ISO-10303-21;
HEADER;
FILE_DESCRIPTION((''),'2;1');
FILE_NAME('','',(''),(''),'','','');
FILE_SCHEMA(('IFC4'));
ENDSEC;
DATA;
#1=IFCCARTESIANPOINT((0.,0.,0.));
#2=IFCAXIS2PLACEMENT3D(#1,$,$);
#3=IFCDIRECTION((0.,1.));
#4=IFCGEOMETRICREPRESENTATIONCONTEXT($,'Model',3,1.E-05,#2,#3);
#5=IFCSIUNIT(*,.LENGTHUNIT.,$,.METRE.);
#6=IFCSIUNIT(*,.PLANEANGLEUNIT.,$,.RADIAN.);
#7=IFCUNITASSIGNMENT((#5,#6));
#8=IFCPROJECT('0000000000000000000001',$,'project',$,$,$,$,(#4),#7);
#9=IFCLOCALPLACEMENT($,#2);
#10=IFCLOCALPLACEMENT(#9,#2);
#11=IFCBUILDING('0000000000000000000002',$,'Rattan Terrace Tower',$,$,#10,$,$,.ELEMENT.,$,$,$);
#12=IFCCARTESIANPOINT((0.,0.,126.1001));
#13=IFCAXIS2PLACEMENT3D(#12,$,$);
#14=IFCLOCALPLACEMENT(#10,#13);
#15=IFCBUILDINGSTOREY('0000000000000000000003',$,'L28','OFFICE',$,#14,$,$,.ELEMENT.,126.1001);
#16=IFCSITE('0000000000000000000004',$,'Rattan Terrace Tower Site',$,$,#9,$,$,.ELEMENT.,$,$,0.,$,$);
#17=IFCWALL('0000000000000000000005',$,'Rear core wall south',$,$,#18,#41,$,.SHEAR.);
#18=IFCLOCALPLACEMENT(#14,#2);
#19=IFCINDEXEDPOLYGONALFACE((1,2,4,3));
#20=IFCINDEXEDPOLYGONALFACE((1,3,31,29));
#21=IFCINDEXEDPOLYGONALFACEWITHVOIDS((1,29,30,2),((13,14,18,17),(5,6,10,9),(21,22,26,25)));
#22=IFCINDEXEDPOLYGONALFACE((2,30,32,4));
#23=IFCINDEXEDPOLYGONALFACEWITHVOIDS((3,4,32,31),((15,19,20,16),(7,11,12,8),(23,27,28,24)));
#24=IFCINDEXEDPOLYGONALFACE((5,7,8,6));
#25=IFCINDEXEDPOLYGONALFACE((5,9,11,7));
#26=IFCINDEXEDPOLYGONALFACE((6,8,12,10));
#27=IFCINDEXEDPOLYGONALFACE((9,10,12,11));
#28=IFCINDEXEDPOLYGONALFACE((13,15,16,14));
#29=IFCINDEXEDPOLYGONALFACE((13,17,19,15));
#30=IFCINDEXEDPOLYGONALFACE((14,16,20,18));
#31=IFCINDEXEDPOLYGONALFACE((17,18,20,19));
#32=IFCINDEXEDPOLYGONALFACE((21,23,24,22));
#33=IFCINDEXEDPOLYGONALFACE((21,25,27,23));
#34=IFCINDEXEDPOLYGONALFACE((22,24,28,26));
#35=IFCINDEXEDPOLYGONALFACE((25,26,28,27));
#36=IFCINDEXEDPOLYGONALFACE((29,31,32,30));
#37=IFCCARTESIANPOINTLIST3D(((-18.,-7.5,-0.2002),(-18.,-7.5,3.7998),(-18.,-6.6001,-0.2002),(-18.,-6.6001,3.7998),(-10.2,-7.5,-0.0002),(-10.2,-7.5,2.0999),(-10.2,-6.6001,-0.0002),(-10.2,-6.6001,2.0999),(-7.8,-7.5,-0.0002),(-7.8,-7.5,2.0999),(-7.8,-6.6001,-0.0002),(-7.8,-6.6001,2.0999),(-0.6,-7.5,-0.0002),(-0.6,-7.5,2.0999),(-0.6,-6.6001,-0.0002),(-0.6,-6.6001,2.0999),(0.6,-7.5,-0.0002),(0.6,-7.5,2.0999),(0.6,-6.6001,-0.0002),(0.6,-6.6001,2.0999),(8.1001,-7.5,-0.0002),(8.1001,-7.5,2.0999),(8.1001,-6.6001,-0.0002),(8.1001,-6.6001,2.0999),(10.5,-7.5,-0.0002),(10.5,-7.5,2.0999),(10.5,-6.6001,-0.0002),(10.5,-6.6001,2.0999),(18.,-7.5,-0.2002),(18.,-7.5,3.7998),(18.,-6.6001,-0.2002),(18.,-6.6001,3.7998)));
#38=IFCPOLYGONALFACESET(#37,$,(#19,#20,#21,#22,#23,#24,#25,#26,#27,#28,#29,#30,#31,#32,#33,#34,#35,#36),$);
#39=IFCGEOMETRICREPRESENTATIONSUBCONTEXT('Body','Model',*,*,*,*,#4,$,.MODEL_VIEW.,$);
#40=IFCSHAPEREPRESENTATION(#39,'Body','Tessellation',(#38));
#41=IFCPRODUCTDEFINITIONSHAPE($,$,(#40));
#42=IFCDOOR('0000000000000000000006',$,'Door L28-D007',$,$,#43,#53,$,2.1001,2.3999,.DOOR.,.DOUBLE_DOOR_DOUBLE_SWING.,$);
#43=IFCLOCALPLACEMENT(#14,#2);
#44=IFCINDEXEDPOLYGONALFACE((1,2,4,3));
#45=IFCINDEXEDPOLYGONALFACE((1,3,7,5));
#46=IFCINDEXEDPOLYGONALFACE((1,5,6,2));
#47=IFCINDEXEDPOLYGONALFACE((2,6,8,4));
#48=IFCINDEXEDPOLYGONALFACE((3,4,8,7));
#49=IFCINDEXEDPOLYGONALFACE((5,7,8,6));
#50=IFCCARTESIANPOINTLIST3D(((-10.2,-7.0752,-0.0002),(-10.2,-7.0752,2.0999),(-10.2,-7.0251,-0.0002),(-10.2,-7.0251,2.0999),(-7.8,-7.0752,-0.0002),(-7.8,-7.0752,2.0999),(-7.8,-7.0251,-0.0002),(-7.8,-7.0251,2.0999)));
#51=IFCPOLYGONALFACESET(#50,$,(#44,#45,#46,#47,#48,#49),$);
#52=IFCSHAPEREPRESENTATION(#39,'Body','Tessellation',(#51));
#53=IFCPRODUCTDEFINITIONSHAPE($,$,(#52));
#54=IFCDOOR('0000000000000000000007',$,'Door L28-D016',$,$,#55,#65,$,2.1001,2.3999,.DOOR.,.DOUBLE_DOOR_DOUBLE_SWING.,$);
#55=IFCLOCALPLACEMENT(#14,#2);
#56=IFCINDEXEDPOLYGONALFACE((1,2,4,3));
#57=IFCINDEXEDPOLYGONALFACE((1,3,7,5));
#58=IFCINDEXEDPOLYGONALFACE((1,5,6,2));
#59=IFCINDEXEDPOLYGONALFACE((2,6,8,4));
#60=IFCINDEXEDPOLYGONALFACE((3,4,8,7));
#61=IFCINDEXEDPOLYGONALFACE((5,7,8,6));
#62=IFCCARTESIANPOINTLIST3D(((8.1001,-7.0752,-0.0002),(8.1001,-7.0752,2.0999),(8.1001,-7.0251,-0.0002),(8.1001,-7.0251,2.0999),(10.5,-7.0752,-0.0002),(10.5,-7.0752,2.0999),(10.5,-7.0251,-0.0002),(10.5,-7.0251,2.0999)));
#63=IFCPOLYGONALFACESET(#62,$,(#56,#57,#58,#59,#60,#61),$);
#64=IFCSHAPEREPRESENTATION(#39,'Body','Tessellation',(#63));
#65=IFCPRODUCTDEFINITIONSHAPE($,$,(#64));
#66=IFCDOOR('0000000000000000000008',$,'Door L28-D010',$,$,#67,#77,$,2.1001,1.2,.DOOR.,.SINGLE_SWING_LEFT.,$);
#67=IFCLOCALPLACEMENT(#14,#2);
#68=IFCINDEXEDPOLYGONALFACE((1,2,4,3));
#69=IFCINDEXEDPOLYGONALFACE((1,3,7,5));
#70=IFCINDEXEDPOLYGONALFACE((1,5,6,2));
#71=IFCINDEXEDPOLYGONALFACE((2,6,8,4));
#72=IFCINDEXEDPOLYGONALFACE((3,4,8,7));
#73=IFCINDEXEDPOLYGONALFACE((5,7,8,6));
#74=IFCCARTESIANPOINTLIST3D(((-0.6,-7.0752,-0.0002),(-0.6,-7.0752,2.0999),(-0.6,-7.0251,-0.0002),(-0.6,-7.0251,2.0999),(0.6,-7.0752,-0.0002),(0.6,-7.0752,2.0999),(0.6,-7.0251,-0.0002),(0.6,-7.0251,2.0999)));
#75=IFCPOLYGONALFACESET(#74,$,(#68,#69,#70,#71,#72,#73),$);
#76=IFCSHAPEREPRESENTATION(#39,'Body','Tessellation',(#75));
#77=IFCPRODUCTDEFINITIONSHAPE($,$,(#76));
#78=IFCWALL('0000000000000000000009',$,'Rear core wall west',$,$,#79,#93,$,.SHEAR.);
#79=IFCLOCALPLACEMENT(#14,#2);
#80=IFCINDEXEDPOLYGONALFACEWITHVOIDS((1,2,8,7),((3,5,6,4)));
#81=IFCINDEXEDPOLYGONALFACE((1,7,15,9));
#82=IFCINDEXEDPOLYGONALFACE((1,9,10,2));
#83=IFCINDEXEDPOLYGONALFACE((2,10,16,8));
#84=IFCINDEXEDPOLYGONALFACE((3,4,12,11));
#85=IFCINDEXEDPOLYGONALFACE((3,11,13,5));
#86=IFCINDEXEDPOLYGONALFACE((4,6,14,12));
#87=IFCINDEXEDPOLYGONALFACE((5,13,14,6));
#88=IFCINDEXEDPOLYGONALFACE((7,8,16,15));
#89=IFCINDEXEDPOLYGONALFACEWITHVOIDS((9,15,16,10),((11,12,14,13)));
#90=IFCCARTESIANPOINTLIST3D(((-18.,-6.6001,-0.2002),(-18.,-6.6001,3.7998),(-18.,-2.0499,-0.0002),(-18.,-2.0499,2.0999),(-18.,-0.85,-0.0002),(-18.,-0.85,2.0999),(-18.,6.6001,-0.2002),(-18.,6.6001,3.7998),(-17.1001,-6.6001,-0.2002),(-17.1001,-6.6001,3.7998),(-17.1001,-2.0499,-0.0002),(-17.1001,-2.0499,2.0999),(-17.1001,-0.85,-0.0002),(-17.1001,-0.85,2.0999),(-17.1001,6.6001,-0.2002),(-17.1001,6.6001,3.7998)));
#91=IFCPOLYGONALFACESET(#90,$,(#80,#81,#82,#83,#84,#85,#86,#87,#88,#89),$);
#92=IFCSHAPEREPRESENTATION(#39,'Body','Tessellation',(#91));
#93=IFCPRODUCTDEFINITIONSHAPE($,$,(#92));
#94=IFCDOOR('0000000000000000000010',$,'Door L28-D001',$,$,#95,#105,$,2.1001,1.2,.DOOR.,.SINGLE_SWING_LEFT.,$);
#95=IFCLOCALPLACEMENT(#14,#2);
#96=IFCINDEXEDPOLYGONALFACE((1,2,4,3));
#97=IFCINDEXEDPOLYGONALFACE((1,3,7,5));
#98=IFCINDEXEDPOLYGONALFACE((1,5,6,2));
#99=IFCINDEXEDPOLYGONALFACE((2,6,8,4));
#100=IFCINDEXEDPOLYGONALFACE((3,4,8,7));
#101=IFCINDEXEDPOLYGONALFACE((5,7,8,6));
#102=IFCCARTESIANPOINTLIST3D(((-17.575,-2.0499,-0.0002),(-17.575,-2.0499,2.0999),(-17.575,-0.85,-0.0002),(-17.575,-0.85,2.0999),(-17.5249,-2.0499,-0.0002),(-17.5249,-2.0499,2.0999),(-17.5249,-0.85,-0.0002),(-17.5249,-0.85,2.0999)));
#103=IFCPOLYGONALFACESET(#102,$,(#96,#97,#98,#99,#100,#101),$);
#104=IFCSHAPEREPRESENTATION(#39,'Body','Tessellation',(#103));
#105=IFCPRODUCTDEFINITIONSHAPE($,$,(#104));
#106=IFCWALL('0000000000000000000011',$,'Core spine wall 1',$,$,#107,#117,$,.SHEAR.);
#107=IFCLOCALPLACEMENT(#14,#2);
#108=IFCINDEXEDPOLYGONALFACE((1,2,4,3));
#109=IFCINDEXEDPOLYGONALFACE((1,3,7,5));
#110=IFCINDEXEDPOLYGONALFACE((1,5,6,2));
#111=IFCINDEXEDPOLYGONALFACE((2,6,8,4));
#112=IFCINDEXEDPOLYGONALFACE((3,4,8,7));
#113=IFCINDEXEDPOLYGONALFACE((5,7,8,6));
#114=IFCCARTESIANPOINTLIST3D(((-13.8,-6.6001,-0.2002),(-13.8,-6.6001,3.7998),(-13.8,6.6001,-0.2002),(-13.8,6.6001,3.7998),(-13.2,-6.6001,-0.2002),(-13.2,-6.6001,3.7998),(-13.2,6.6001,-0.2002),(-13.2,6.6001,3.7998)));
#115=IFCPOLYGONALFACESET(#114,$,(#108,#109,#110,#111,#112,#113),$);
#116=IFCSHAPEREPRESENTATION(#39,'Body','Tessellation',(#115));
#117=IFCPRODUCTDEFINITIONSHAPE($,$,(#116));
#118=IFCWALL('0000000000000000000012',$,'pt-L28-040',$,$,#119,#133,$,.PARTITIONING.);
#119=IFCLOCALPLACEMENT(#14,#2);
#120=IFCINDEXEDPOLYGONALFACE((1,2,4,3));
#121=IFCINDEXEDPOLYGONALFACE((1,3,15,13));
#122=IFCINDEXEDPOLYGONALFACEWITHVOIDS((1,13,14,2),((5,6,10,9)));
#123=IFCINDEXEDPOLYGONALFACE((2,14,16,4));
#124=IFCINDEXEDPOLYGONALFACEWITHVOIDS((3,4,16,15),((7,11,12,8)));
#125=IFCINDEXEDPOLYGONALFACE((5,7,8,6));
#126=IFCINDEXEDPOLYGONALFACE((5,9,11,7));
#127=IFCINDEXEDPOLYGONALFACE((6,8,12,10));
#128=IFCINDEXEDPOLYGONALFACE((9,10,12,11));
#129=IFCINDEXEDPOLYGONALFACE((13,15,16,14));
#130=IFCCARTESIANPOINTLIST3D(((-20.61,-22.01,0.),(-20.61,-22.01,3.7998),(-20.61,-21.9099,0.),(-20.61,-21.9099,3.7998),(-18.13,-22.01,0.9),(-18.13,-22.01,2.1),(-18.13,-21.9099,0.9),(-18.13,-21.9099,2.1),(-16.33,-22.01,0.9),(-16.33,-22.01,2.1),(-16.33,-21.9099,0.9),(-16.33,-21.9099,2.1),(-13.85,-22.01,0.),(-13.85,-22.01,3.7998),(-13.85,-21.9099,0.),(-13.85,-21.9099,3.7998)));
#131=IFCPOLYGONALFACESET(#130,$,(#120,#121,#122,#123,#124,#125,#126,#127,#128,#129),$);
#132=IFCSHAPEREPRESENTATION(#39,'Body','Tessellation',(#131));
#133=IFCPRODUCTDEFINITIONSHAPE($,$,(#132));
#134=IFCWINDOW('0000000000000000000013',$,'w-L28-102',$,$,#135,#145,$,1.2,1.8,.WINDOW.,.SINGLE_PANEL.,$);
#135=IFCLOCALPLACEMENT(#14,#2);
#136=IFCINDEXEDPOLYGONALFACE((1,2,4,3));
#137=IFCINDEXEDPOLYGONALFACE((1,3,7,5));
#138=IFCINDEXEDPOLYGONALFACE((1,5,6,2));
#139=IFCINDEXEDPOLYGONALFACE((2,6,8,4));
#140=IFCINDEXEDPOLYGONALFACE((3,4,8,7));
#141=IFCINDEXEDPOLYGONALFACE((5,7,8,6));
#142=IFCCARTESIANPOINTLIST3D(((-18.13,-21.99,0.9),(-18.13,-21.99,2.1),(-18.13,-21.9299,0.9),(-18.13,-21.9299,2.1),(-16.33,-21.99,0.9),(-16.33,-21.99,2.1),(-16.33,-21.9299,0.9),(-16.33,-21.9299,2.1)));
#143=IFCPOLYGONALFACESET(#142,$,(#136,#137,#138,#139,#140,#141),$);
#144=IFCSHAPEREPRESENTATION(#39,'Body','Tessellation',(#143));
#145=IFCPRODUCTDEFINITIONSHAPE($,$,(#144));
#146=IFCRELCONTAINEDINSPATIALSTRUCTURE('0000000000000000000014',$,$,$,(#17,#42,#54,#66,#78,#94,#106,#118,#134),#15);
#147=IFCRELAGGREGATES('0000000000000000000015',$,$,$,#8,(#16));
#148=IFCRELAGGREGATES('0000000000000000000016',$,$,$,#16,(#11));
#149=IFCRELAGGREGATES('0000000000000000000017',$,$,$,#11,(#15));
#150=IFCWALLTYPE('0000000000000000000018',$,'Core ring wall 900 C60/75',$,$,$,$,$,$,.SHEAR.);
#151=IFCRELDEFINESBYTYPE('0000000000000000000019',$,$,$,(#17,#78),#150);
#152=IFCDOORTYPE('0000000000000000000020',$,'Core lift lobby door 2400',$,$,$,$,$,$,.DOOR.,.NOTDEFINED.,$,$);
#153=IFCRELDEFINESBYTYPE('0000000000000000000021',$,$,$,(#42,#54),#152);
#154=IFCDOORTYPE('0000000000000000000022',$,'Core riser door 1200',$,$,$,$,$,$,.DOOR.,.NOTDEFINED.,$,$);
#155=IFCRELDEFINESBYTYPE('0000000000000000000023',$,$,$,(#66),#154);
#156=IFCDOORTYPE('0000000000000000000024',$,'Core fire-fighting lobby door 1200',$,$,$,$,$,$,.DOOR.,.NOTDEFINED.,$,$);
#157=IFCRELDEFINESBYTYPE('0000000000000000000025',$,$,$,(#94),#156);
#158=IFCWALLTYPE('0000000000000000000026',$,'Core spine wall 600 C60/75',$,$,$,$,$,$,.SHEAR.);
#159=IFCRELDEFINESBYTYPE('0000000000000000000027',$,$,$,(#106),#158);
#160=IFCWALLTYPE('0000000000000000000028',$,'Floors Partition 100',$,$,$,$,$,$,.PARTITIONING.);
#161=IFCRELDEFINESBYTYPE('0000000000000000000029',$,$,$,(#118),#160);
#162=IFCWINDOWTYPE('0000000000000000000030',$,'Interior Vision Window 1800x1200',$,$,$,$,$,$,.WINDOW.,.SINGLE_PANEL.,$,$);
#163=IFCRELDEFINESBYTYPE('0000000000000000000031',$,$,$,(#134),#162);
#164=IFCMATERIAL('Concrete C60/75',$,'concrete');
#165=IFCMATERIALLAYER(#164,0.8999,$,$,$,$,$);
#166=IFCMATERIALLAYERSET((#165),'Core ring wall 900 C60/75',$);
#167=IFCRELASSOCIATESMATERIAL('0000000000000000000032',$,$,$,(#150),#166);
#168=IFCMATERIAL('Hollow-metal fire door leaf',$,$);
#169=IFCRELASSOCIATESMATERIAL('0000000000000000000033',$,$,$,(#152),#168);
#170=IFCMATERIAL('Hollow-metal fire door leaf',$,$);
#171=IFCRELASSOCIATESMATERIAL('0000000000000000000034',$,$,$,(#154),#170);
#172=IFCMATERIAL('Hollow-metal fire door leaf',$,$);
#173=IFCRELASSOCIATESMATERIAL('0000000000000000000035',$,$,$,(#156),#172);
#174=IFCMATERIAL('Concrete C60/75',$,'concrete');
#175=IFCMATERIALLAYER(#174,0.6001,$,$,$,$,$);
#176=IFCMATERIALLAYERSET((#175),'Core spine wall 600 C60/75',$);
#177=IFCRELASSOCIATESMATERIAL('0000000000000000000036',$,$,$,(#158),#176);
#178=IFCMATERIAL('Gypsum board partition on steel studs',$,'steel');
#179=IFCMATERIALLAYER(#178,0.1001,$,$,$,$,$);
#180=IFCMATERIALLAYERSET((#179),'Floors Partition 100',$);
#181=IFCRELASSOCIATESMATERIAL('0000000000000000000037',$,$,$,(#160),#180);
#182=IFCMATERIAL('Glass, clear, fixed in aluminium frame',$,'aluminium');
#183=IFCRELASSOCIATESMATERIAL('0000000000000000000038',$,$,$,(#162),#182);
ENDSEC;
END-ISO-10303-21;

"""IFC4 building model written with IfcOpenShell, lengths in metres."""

from ifc_helpers import new_model, si_unit, direction, frame, frame_2d, origin, place, context, subcontext, project, spatial, rectangle, extrude, material, layer, layer_set, type_object, element, fill, save


model = new_model("IFC4")

# Units and contexts
model_context = context("Model", 3, precision=1e-05, world=origin(), true_north=direction((0.0, 1.0)))
body_context = subcontext(model_context, "Body", "Model", "MODEL_VIEW")
ifc_project = project(units=[si_unit("LENGTHUNIT", "METRE"), si_unit("PLANEANGLEUNIT", "RADIAN")], contexts=[model_context])

# Site, building, storey
site_placement = place(None, origin())
site = spatial("IfcSite", under=ifc_project, at=site_placement, Name="Rattan Terrace Tower Site", CompositionType="ELEMENT", RefElevation=0.0)
building_placement = place(site_placement, origin())
building = spatial("IfcBuilding", under=site, at=building_placement, Name="Rattan Terrace Tower", CompositionType="ELEMENT")
storey_placement = place(building_placement, frame((0.0, 0.0, 126.1001)))
storey = spatial("IfcBuildingStorey", under=building, at=storey_placement, Name="L28", Description="OFFICE", CompositionType="ELEMENT", Elevation=126.1001)

# Wall, openings, doors
ifc_material_1 = material(Name="Concrete C60/75", Category="concrete")
ifc_layer_1 = layer(ifc_material_1, 0.8999)
ifc_layer_set_1 = layer_set([ifc_layer_1], Name="Core ring wall 900 C60/75")
wall_type_1 = type_object("IfcWallType", Name="Core ring wall 900 C60/75", PredefinedType="SHEAR", material=ifc_layer_set_1)
wall_1_placement = place(storey_placement, frame((-18.0, -7.05, -0.2002), z_axis=(0.0, 0.0, 1.0), x_axis=(1.0, 0.0, 0.0)))
wall_1 = element("IfcWall", 1, at=wall_1_placement, inside=storey, type_object=wall_type_1, Name="Rear core wall south", PredefinedType="SHEAR", context=body_context, shape_type="SweptSolid", body=[
    extrude(rectangle(XDim=36.0, YDim=0.8999, at=frame_2d((18.0, 0.0))), origin(), (0.0, 0.0, 1.0), 4.0),
])
opening_1_placement = place(wall_1_placement, frame((7.8, 0.0, 0.2)))
opening_1 = element("IfcOpeningElement", 2, at=opening_1_placement, cuts=wall_1, PredefinedType="OPENING", context=body_context, shape_type="SweptSolid", body=[
    extrude(rectangle(XDim=2.3999, YDim=2.1001, at=frame_2d((1.2, 1.05))), frame((0.0, 0.4604, 0.0), z_axis=(0.0, -1.0, 0.0), x_axis=(1.0, 0.0, 0.0)), (0.0, 0.0, 1.0), 0.9209),
])
opening_2_placement = place(wall_1_placement, frame((17.3999, 0.0, 0.2)))
opening_2 = element("IfcOpeningElement", 3, at=opening_2_placement, cuts=wall_1, PredefinedType="OPENING", context=body_context, shape_type="SweptSolid", body=[
    extrude(rectangle(XDim=1.2, YDim=2.1001, at=frame_2d((0.6001, 1.05))), frame((0.0, 0.4604, 0.0), z_axis=(0.0, -1.0, 0.0), x_axis=(1.0, 0.0, 0.0)), (0.0, 0.0, 1.0), 0.9209),
])
opening_3_placement = place(wall_1_placement, frame((26.1001, 0.0, 0.2)))
opening_3 = element("IfcOpeningElement", 4, at=opening_3_placement, cuts=wall_1, PredefinedType="OPENING", context=body_context, shape_type="SweptSolid", body=[
    extrude(rectangle(XDim=2.3999, YDim=2.1001, at=frame_2d((1.2, 1.05))), frame((0.0, 0.4604, 0.0), z_axis=(0.0, -1.0, 0.0), x_axis=(1.0, 0.0, 0.0)), (0.0, 0.0, 1.0), 0.9209),
])
ifc_material_2 = material(Name="Hollow-metal fire door leaf")
door_type_1 = type_object("IfcDoorType", Name="Core lift lobby door 2400", OperationType="NOTDEFINED", PredefinedType="DOOR", material=ifc_material_2)
door_1_placement = place(opening_1_placement, origin())
door_1 = element("IfcDoor", 5, at=door_1_placement, inside=storey, type_object=door_type_1, Name="Door L28-D007", OperationType="DOUBLE_DOOR_DOUBLE_SWING", OverallHeight=2.1001, OverallWidth=2.3999, PredefinedType="DOOR", context=body_context, shape_type="SweptSolid", body=[
    extrude(rectangle(XDim=2.3999, YDim=2.1001, at=frame_2d((1.2, 1.05))), frame((0.0, 0.0249, 0.0), z_axis=(0.0, -1.0, 0.0), x_axis=(1.0, 0.0, 0.0)), (0.0, 0.0, 1.0), 0.05),
])
fill(opening_1, door_1)
door_2_placement = place(opening_3_placement, origin())
door_2 = element("IfcDoor", 6, at=door_2_placement, inside=storey, type_object=door_type_1, Name="Door L28-D016", OperationType="DOUBLE_DOOR_DOUBLE_SWING", OverallHeight=2.1001, OverallWidth=2.3999, PredefinedType="DOOR", context=body_context, shape_type="SweptSolid", body=[
    extrude(rectangle(XDim=2.3999, YDim=2.1001, at=frame_2d((1.2, 1.05))), frame((0.0, 0.0249, 0.0), z_axis=(0.0, -1.0, 0.0), x_axis=(1.0, 0.0, 0.0)), (0.0, 0.0, 1.0), 0.05),
])
fill(opening_3, door_2)
ifc_material_3 = material(Name="Hollow-metal fire door leaf")
door_type_2 = type_object("IfcDoorType", Name="Core riser door 1200", OperationType="NOTDEFINED", PredefinedType="DOOR", material=ifc_material_3)
door_3_placement = place(opening_2_placement, origin())
door_3 = element("IfcDoor", 7, at=door_3_placement, inside=storey, type_object=door_type_2, Name="Door L28-D010", OperationType="SINGLE_SWING_LEFT", OverallHeight=2.1001, OverallWidth=1.2, PredefinedType="DOOR", context=body_context, shape_type="SweptSolid", body=[
    extrude(rectangle(XDim=1.2, YDim=2.1001, at=frame_2d((0.6001, 1.05))), frame((0.0, 0.0249, 0.0), z_axis=(0.0, -1.0, 0.0), x_axis=(1.0, 0.0, 0.0)), (0.0, 0.0, 1.0), 0.05),
])
fill(opening_2, door_3)

# Wall, opening, door
wall_2_placement = place(storey_placement, frame((-17.55, -6.6001, -0.2002), z_axis=(0.0, 0.0, 1.0), x_axis=(0.0, 1.0, 0.0)))
wall_2 = element("IfcWall", 8, at=wall_2_placement, inside=storey, type_object=wall_type_1, Name="Rear core wall west", PredefinedType="SHEAR", context=body_context, shape_type="SweptSolid", body=[
    extrude(rectangle(XDim=13.2002, YDim=0.8999, at=frame_2d((6.6001, 0.0))), origin(), (0.0, 0.0, 1.0), 4.0),
])
opening_4_placement = place(wall_2_placement, frame((4.55, 0.0, 0.2)))
opening_4 = element("IfcOpeningElement", 9, at=opening_4_placement, cuts=wall_2, PredefinedType="OPENING", context=body_context, shape_type="SweptSolid", body=[
    extrude(rectangle(XDim=1.2, YDim=2.1001, at=frame_2d((0.6001, 1.05))), frame((0.0, 0.4604, 0.0), z_axis=(0.0, -1.0, 0.0), x_axis=(1.0, 0.0, 0.0)), (0.0, 0.0, 1.0), 0.9209),
])
ifc_material_4 = material(Name="Hollow-metal fire door leaf")
door_type_3 = type_object("IfcDoorType", Name="Core fire-fighting lobby door 1200", OperationType="NOTDEFINED", PredefinedType="DOOR", material=ifc_material_4)
door_4_placement = place(opening_4_placement, origin())
door_4 = element("IfcDoor", 10, at=door_4_placement, inside=storey, type_object=door_type_3, Name="Door L28-D001", OperationType="SINGLE_SWING_LEFT", OverallHeight=2.1001, OverallWidth=1.2, PredefinedType="DOOR", context=body_context, shape_type="SweptSolid", body=[
    extrude(rectangle(XDim=1.2, YDim=2.1001, at=frame_2d((0.6001, 1.05))), frame((0.0, 0.0249, 0.0), z_axis=(0.0, -1.0, 0.0), x_axis=(1.0, 0.0, 0.0)), (0.0, 0.0, 1.0), 0.05),
])
fill(opening_4, door_4)

# Wall
ifc_material_5 = material(Name="Concrete C60/75", Category="concrete")
ifc_layer_2 = layer(ifc_material_5, 0.6001)
ifc_layer_set_2 = layer_set([ifc_layer_2], Name="Core spine wall 600 C60/75")
wall_type_2 = type_object("IfcWallType", Name="Core spine wall 600 C60/75", PredefinedType="SHEAR", material=ifc_layer_set_2)
wall_3_placement = place(storey_placement, frame((-13.5, -6.6001, -0.2002), z_axis=(0.0, 0.0, 1.0), x_axis=(0.0, 1.0, 0.0)))
element("IfcWall", 11, at=wall_3_placement, inside=storey, type_object=wall_type_2, Name="Core spine wall 1", PredefinedType="SHEAR", context=body_context, shape_type="SweptSolid", body=[
    extrude(rectangle(XDim=13.2002, YDim=0.6001, at=frame_2d((6.6001, 0.0))), origin(), (0.0, 0.0, 1.0), 4.0),
])

# Wall, opening, window
ifc_material_6 = material(Name="Gypsum board partition on steel studs", Category="steel")
ifc_layer_3 = layer(ifc_material_6, 0.1001)
ifc_layer_set_3 = layer_set([ifc_layer_3], Name="Floors Partition 100")
wall_type_3 = type_object("IfcWallType", Name="Floors Partition 100", PredefinedType="PARTITIONING", material=ifc_layer_set_3)
wall_4_placement = place(storey_placement, frame((-13.8501, -21.96, 0.0), z_axis=(0.0, 0.0, 1.0), x_axis=(-1.0, 0.0, 0.0)))
wall_4 = element("IfcWall", 12, at=wall_4_placement, inside=storey, type_object=wall_type_3, Name="pt-L28-040", PredefinedType="PARTITIONING", context=body_context, shape_type="SweptSolid", body=[
    extrude(rectangle(XDim=6.76, YDim=0.1001, at=frame_2d((3.3799, 0.0))), origin(), (0.0, 0.0, 1.0), 3.7998),
])
opening_5_placement = place(wall_4_placement, frame((2.48, 0.0, 0.8999)))
opening_5 = element("IfcOpeningElement", 13, at=opening_5_placement, cuts=wall_4, PredefinedType="OPENING", context=body_context, shape_type="SweptSolid", body=[
    extrude(rectangle(XDim=1.8, YDim=1.2, at=frame_2d((0.8999, 0.6001))), frame((0.0, 0.0605, 0.0), z_axis=(0.0, -1.0, 0.0), x_axis=(1.0, 0.0, 0.0)), (0.0, 0.0, 1.0), 0.1211),
])
ifc_material_7 = material(Name="Glass, clear, fixed in aluminium frame", Category="aluminium")
window_type = type_object("IfcWindowType", Name="Interior Vision Window 1800x1200", PartitioningType="SINGLE_PANEL", PredefinedType="WINDOW", material=ifc_material_7)
window_placement = place(opening_5_placement, origin())
window = element("IfcWindow", 14, at=window_placement, inside=storey, type_object=window_type, Name="w-L28-102", OverallHeight=1.2, OverallWidth=1.8, PartitioningType="SINGLE_PANEL", PredefinedType="WINDOW", context=body_context, shape_type="SweptSolid", body=[
    extrude(rectangle(XDim=1.8, YDim=1.2, at=frame_2d((0.8999, 0.6001))), frame((0.0, 0.03, 0.0), z_axis=(0.0, -1.0, 0.0), x_axis=(1.0, 0.0, 0.0)), (0.0, 0.0, 1.0), 0.0601),
])
fill(opening_5, window)

save(model, "model.ifc")
